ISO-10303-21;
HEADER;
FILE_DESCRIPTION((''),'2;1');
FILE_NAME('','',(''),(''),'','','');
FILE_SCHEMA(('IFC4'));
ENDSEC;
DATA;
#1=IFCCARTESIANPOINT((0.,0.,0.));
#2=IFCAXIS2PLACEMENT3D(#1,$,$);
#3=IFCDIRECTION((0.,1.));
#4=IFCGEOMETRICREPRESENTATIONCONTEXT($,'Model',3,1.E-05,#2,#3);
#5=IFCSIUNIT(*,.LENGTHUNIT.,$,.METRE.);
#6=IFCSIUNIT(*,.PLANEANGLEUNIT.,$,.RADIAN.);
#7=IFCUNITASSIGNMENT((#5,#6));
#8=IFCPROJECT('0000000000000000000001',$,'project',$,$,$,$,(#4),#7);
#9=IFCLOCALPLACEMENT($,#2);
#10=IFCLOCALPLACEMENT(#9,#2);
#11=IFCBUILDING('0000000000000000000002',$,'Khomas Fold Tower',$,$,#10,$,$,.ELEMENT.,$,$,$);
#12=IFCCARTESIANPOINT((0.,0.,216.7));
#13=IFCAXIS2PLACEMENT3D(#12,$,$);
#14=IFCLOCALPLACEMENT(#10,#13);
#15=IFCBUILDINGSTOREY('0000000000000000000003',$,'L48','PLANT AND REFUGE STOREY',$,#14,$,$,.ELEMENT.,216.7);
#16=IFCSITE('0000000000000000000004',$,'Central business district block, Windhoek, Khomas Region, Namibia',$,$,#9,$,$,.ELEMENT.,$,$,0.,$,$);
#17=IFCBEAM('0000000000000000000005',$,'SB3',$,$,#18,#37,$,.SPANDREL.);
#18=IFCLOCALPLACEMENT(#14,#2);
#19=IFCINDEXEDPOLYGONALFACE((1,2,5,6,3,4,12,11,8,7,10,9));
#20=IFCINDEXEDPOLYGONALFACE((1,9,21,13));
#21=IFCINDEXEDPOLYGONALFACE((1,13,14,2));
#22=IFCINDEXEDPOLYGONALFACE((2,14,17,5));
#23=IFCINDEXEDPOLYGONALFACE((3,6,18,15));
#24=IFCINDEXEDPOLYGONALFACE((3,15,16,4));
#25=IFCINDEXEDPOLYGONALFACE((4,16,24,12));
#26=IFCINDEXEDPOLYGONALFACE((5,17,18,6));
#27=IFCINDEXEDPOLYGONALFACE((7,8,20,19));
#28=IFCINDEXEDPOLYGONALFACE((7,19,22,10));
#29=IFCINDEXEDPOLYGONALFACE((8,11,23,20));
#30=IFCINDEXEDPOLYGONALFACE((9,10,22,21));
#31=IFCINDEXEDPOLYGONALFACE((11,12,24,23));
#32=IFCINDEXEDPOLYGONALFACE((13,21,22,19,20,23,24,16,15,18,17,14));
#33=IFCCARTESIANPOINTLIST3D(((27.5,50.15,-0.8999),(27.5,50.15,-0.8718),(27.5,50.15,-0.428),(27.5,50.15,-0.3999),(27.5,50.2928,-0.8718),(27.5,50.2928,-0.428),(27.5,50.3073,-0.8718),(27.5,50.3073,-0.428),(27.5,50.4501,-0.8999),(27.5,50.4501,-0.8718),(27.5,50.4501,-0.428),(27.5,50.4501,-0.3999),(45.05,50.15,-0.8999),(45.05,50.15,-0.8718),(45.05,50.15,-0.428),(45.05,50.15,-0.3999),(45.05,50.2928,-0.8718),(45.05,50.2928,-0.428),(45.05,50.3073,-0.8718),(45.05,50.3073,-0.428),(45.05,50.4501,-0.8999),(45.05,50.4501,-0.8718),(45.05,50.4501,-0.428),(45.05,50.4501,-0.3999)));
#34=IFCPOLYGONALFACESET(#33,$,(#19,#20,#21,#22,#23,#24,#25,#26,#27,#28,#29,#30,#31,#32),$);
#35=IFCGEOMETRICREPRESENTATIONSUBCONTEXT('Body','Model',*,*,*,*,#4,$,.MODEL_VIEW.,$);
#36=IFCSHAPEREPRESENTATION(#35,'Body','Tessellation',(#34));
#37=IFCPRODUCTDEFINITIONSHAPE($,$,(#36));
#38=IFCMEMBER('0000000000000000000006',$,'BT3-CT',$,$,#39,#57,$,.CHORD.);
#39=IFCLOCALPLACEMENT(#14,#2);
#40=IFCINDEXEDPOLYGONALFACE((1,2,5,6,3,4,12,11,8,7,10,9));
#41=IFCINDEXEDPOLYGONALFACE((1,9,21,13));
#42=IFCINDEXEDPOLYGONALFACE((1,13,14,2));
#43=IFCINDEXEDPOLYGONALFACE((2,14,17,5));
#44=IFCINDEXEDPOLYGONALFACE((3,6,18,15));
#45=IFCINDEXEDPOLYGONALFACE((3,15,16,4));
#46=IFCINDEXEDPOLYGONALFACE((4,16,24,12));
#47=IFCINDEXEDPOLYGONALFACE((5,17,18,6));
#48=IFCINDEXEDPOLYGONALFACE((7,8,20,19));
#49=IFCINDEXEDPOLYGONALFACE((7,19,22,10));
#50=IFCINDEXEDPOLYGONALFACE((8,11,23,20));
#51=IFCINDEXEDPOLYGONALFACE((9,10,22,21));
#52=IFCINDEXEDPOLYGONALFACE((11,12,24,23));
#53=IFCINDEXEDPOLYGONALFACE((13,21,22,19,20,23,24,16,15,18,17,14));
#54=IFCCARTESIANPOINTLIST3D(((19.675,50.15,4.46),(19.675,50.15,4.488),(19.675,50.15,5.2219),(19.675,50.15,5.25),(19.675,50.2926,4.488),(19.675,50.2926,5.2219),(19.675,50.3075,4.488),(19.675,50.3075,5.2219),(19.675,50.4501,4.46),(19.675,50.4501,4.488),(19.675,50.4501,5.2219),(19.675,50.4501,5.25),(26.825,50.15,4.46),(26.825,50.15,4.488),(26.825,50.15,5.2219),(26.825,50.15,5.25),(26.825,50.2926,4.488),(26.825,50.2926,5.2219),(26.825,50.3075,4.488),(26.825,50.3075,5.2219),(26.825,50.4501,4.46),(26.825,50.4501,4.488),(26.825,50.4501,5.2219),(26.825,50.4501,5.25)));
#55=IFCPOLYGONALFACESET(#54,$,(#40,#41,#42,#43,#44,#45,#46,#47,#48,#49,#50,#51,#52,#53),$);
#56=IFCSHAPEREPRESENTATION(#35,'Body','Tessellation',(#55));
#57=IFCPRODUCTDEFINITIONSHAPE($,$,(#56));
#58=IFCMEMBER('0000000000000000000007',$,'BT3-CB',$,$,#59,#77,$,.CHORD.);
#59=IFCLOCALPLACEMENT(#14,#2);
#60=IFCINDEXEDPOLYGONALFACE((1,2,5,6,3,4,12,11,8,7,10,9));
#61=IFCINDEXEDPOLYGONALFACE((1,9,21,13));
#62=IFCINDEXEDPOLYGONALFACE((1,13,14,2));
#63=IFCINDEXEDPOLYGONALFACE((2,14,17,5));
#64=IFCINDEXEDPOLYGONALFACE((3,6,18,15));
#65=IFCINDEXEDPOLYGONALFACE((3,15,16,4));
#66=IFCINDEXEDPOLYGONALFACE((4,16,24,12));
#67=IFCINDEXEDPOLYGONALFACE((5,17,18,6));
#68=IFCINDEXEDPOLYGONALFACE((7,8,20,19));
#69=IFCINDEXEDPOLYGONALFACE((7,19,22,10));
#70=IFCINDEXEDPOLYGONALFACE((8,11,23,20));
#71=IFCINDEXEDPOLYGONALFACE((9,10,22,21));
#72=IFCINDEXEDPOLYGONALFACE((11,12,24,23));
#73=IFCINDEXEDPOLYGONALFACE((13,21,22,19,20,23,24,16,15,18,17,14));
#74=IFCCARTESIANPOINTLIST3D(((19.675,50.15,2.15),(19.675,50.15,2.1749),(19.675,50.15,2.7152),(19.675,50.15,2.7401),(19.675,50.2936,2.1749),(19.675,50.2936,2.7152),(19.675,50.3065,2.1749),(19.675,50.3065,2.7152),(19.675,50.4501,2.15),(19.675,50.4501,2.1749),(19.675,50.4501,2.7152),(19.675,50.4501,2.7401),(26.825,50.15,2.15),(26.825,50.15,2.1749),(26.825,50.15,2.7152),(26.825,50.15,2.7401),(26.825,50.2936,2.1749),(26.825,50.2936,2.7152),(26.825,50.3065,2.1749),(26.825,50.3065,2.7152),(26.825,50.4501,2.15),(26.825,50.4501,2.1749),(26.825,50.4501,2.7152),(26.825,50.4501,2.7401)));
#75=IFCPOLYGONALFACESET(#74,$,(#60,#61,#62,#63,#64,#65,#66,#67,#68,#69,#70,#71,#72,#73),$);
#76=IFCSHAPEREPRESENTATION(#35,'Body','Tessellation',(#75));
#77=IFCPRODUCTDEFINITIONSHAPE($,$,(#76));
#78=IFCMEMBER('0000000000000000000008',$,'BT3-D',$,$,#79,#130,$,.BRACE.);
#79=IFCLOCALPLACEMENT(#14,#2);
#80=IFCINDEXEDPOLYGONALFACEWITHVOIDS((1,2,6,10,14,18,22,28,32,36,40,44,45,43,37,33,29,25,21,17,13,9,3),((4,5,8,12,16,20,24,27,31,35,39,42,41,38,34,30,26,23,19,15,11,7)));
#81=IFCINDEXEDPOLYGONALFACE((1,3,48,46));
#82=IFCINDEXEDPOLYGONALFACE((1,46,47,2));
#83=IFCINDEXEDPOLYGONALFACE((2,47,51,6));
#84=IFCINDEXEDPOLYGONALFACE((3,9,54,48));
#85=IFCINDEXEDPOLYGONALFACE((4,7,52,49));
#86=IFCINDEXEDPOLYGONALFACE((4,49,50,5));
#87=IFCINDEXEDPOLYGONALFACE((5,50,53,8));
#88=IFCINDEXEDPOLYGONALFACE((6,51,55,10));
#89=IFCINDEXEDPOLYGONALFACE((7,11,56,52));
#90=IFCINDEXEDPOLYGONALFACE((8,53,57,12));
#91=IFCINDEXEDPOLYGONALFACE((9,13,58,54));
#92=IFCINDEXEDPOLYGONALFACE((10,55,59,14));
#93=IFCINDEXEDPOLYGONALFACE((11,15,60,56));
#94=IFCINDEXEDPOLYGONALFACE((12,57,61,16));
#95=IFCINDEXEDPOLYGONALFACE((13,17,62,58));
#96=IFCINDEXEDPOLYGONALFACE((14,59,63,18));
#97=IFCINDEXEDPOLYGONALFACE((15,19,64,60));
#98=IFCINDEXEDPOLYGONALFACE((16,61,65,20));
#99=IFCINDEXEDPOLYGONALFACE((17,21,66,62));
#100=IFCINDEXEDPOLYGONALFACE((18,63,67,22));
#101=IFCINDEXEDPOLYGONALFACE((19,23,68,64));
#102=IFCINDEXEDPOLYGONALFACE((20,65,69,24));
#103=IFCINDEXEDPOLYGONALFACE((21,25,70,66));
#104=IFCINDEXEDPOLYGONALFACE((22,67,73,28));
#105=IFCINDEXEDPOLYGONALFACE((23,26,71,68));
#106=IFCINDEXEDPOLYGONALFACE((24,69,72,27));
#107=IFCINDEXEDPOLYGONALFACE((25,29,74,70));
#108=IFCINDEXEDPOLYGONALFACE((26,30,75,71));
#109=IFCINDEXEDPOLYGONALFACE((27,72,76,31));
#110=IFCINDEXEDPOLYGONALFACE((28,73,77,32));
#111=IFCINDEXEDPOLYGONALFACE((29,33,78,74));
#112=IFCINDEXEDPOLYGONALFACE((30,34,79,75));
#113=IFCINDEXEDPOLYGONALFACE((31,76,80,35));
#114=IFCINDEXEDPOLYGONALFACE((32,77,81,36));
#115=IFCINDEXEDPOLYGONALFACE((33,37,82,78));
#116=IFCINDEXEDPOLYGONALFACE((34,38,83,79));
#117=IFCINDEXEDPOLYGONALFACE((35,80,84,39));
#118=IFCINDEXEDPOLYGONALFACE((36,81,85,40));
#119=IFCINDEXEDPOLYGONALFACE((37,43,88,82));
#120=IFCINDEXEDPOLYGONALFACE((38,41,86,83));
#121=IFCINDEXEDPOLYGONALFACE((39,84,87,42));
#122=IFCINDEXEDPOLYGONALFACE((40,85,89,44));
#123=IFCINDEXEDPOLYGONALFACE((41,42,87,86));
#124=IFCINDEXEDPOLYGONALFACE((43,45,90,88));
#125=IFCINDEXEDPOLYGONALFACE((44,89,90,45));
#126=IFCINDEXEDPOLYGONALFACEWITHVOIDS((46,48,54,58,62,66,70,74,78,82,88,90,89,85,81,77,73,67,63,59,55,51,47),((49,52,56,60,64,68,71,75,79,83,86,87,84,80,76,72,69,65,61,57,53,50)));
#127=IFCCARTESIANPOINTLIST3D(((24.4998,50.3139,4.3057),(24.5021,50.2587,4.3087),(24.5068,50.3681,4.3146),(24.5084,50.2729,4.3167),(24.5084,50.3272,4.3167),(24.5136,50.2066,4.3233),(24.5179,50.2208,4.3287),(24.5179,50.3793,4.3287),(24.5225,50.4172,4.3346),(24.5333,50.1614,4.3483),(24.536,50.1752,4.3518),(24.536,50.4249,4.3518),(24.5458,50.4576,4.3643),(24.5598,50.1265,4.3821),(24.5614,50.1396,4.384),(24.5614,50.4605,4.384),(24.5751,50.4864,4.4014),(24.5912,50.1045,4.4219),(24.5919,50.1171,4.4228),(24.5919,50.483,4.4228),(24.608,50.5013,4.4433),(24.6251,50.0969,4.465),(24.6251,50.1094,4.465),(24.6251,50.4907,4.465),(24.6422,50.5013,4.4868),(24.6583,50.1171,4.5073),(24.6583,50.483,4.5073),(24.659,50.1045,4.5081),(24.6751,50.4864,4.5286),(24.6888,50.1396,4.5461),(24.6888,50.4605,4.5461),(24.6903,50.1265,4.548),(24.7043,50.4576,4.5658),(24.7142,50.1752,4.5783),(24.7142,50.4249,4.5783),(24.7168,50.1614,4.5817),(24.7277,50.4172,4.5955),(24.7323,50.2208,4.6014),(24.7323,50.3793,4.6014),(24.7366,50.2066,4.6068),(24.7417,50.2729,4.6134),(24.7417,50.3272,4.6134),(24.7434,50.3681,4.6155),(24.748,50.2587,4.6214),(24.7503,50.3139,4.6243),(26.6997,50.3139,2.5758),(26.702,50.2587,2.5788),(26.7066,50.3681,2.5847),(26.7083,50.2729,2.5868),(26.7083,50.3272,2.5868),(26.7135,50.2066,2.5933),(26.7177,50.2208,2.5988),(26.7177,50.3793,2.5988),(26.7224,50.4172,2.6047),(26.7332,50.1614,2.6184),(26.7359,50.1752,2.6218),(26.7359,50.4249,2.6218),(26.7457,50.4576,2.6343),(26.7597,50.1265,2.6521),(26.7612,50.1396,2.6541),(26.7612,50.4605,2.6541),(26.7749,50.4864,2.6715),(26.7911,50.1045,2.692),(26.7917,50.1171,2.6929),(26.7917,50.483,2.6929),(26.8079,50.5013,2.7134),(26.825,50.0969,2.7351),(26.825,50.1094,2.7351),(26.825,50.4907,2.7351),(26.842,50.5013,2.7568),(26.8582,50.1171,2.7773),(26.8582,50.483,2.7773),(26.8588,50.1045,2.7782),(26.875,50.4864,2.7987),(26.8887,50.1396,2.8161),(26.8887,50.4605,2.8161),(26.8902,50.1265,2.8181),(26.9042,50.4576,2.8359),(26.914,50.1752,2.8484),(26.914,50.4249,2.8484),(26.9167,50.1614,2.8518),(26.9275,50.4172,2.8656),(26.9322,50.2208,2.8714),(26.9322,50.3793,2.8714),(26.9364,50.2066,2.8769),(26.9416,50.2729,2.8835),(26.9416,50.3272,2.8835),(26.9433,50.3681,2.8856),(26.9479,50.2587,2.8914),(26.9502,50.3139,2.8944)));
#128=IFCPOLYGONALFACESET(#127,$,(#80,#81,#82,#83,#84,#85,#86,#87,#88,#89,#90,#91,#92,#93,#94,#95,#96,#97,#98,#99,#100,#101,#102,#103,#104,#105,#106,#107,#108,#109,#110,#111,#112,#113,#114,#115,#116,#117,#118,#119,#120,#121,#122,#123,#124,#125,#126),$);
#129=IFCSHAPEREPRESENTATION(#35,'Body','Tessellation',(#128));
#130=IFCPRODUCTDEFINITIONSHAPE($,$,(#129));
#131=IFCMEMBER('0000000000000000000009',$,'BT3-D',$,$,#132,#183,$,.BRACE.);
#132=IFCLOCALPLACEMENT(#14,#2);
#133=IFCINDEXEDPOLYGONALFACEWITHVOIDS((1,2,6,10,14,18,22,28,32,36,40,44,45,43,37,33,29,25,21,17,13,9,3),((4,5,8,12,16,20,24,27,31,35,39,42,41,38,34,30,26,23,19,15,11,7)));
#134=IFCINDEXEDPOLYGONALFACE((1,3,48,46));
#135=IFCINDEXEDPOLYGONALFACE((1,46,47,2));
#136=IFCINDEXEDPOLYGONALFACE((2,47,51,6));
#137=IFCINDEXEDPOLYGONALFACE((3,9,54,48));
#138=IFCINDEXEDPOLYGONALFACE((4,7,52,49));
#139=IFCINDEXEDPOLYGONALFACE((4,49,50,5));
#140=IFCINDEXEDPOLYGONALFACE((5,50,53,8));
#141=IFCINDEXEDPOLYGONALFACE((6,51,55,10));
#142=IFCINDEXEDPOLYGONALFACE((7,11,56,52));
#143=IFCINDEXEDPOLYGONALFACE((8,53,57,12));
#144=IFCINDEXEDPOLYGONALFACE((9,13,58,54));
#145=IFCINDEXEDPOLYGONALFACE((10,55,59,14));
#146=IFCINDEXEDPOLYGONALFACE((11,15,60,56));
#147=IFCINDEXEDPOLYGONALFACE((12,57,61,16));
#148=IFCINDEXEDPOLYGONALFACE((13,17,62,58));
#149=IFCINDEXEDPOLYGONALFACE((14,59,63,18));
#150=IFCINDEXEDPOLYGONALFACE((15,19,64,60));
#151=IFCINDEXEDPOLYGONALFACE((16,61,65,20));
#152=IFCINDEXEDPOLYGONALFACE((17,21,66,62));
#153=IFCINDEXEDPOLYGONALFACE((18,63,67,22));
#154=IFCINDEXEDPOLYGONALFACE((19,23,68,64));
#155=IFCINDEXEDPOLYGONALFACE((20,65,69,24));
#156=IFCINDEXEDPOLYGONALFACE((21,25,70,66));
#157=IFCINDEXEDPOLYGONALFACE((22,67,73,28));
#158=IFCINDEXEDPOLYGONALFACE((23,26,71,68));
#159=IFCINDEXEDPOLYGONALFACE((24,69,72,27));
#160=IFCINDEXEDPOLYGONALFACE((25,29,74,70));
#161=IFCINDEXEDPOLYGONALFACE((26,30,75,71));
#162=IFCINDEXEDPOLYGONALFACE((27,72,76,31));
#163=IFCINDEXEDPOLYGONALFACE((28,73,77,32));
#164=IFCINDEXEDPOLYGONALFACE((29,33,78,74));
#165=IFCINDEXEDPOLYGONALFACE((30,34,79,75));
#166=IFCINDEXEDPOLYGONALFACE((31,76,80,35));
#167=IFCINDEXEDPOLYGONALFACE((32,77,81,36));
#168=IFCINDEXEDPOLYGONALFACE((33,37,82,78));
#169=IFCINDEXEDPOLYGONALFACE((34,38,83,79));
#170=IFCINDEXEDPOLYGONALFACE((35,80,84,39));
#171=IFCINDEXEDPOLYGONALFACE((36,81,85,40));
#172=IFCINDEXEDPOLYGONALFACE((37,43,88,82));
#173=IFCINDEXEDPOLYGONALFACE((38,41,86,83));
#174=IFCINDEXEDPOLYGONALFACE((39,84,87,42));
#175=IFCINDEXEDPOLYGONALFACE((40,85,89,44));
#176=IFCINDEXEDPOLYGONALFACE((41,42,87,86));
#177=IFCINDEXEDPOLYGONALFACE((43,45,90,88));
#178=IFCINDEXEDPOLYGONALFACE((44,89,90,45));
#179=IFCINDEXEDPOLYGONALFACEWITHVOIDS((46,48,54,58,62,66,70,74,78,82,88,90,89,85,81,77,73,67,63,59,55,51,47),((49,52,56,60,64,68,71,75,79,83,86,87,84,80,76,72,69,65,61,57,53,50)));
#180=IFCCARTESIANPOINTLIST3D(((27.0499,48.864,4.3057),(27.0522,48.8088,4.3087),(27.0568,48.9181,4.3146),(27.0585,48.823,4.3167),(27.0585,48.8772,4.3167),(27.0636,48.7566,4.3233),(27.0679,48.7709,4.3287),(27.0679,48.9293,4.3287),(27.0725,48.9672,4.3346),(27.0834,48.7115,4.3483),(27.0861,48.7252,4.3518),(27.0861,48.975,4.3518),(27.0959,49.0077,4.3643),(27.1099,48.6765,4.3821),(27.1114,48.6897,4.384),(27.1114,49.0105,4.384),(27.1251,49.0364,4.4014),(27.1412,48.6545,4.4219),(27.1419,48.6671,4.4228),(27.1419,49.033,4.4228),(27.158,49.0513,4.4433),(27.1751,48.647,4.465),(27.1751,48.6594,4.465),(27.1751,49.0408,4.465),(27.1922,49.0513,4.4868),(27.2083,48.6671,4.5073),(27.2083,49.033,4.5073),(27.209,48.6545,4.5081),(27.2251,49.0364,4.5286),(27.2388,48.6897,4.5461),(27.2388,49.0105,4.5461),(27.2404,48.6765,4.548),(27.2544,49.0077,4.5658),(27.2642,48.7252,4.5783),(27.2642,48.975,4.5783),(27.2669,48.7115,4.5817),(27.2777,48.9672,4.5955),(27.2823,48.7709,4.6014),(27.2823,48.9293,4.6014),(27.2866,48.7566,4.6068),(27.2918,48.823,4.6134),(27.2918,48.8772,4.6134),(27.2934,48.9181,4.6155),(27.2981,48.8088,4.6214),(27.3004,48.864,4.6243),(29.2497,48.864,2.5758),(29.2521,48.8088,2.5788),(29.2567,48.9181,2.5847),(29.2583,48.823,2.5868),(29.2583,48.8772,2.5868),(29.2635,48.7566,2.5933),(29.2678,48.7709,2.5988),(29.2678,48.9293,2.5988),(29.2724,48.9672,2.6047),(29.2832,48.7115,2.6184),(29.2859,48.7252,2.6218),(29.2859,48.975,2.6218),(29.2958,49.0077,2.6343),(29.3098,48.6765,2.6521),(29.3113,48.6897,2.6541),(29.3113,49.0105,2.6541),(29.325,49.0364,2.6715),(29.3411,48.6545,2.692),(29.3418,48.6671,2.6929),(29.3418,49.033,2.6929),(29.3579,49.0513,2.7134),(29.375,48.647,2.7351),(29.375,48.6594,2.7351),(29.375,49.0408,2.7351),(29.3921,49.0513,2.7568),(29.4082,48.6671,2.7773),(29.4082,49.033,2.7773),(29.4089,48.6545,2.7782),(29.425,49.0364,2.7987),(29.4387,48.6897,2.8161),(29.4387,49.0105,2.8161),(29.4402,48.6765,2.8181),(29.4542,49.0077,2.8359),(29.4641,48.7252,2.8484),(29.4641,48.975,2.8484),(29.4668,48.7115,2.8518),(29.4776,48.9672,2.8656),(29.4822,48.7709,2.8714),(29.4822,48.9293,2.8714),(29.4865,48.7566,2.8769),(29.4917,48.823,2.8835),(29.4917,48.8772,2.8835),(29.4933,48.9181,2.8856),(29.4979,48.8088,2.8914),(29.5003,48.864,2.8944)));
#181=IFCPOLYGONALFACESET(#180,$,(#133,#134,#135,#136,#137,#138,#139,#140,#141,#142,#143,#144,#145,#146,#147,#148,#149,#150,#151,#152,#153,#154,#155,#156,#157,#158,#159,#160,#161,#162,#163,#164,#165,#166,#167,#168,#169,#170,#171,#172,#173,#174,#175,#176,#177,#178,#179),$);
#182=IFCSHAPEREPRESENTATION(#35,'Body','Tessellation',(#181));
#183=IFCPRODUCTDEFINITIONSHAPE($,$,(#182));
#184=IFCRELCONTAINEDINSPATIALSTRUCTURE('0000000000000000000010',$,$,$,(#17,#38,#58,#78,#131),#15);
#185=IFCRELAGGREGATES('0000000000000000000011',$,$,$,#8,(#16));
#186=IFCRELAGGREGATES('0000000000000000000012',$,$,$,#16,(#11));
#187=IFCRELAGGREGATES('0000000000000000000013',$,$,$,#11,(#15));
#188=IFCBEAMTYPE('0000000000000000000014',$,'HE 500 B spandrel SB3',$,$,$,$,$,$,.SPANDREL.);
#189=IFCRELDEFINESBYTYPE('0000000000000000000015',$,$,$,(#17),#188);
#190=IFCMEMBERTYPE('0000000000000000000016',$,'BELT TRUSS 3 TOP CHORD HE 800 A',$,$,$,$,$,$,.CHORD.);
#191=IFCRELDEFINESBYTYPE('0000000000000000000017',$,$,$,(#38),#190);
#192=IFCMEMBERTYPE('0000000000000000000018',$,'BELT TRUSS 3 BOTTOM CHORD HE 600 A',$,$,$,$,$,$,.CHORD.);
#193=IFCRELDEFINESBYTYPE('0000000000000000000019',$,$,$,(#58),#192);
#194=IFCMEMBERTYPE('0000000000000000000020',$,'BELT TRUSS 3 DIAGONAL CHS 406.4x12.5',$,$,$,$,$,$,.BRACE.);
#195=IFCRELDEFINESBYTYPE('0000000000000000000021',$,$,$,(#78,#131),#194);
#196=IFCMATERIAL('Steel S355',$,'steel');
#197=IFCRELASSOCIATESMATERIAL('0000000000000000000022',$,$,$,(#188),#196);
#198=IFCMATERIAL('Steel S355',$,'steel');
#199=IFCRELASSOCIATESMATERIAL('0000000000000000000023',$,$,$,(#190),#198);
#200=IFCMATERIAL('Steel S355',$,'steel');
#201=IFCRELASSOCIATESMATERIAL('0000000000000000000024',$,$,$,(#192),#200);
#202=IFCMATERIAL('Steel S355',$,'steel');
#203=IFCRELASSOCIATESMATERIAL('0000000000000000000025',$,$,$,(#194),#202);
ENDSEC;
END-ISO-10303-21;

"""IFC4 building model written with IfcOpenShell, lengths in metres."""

from ifc_helpers import new_model, si_unit, direction, frame, origin, origin_2d, place, context, subcontext, project, spatial, hollow_circle, i_section, extrude, source, transform, mapped, material, material_profile, profile_set, type_object, element, save


model = new_model("IFC4")

# Units and contexts
model_context = context("Model", 3, precision=1e-05, world=origin(), true_north=direction((0.0, 1.0)))
body_context = subcontext(model_context, "Body", "Model", "MODEL_VIEW")
ifc_project = project(units=[si_unit("LENGTHUNIT", "METRE"), si_unit("PLANEANGLEUNIT", "RADIAN")], contexts=[model_context])

# Site, building, storey
site_placement = place(None, origin())
site = spatial("IfcSite", under=ifc_project, at=site_placement, Name="Central business district block, Windhoek, Khomas Region, Namibia", CompositionType="ELEMENT", RefElevation=0.0)
building_placement = place(site_placement, origin())
building = spatial("IfcBuilding", under=site, at=building_placement, Name="Khomas Fold Tower", CompositionType="ELEMENT")
storey_placement = place(building_placement, frame((0.0, 0.0, 216.7)))
storey = spatial("IfcBuildingStorey", under=building, at=storey_placement, Name="L48", Description="PLANT AND REFUGE STOREY", CompositionType="ELEMENT", Elevation=216.7)

# Beam
ifc_material_1 = material(Name="Steel S355", Category="steel")
ifc_material_profile_1 = material_profile(ifc_material_1, i_section(OverallWidth=0.3, OverallDepth=0.5, WebThickness=0.0144, FlangeThickness=0.0281, at=origin_2d()), Name="HE 500 B")
ifc_profile_set_1 = profile_set([ifc_material_profile_1], Name="Steel S355")
beam_type_1 = type_object("IfcBeamType", Name="HE 500 B spandrel SB3", PredefinedType="SPANDREL", material=ifc_profile_set_1)
shared_shape_1 = source(origin(), body_context, "Body", "SweptSolid", [
    extrude(i_section(OverallWidth=0.3, OverallDepth=0.5, WebThickness=0.0144, FlangeThickness=0.0281, at=origin_2d()), origin(), (0.0, 0.0, 1.0), 17.55),
])
beam_1_placement = place(storey_placement, frame((27.5, 50.3, -0.6499), z_axis=(1.0, 0.0, 0.0), x_axis=(0.0, 1.0, 0.0)))
element("IfcBeam", 1, at=beam_1_placement, inside=storey, type_object=beam_type_1, Name="SB3", PredefinedType="SPANDREL", context=body_context, shape_type="MappedRepresentation", body=[
    mapped(shared_shape_1, transform((0.0, 0.0, 0.0))),
])

# Members
ifc_material_2 = material(Name="Steel S355", Category="steel")
ifc_material_profile_2 = material_profile(ifc_material_2, i_section(OverallWidth=0.3, OverallDepth=0.79, WebThickness=0.0149, FlangeThickness=0.0281, at=origin_2d()), Name="HE 800 A")
ifc_profile_set_2 = profile_set([ifc_material_profile_2], Name="Steel S355")
member_type_1 = type_object("IfcMemberType", Name="BELT TRUSS 3 TOP CHORD HE 800 A", PredefinedType="CHORD", material=ifc_profile_set_2)
shared_shape_2 = source(origin(), body_context, "Body", "SweptSolid", [
    extrude(i_section(OverallWidth=0.3, OverallDepth=0.79, WebThickness=0.0149, FlangeThickness=0.0281, at=origin_2d()), origin(), (0.0, 0.0, 1.0), 7.1499),
])
member_1_placement = place(storey_placement, frame((26.825, 50.3, 4.855), z_axis=(-1.0, 0.0, 0.0), x_axis=(0.0, -1.0, 0.0)))
element("IfcMember", 2, at=member_1_placement, inside=storey, type_object=member_type_1, Name="BT3-CT", PredefinedType="CHORD", context=body_context, shape_type="MappedRepresentation", body=[
    mapped(shared_shape_2, transform((0.0, 0.0, 0.0))),
])
ifc_material_3 = material(Name="Steel S355", Category="steel")
ifc_material_profile_3 = material_profile(ifc_material_3, i_section(OverallWidth=0.3, OverallDepth=0.5901, WebThickness=0.0129, FlangeThickness=0.0249, at=origin_2d()), Name="HE 600 A")
ifc_profile_set_3 = profile_set([ifc_material_profile_3], Name="Steel S355")
member_type_2 = type_object("IfcMemberType", Name="BELT TRUSS 3 BOTTOM CHORD HE 600 A", PredefinedType="CHORD", material=ifc_profile_set_3)
shared_shape_3 = source(origin(), body_context, "Body", "SweptSolid", [
    extrude(i_section(OverallWidth=0.3, OverallDepth=0.5901, WebThickness=0.0129, FlangeThickness=0.0249, at=origin_2d()), origin(), (0.0, 0.0, 1.0), 7.1499),
])
member_2_placement = place(storey_placement, frame((26.825, 50.3, 2.4451), z_axis=(-1.0, 0.0, 0.0), x_axis=(0.0, -1.0, 0.0)))
element("IfcMember", 3, at=member_2_placement, inside=storey, type_object=member_type_2, Name="BT3-CB", PredefinedType="CHORD", context=body_context, shape_type="MappedRepresentation", body=[
    mapped(shared_shape_3, transform((0.0, 0.0, 0.0))),
])
ifc_material_4 = material(Name="Steel S355", Category="steel")
ifc_material_profile_4 = material_profile(ifc_material_4, hollow_circle(Radius=0.2031, WallThickness=0.0125, at=origin_2d()), Name="CHS 406.4x12.5")
ifc_profile_set_4 = profile_set([ifc_material_profile_4], Name="Steel S355")
member_type_3 = type_object("IfcMemberType", Name="BELT TRUSS 3 DIAGONAL CHS 406.4x12.5", PredefinedType="BRACE", material=ifc_profile_set_4)
shared_shape_4 = source(origin(), body_context, "Body", "SweptSolid", [
    extrude(hollow_circle(Radius=0.2031, WallThickness=0.0125, at=origin_2d()), origin(), (0.0, 0.0, 1.0), 2.7986),
])
for number, where, z_axis, x_axis, name in (
    (4, (26.825, 50.3, 2.7351), (-0.786067, 0.0, 0.618141), (0.0, -1.0, 0.0), "BT3-D"),
    (5, (29.375, 48.8501, 2.7351), (-0.786067, 0.0, 0.618141), (0.0, -1.0, 0.0), "BT3-D"),
):
    element("IfcMember", number, at=place(storey_placement, frame(where, z_axis=z_axis, x_axis=x_axis)), inside=storey, type_object=member_type_3, Name=name, PredefinedType="BRACE", context=body_context, shape_type="MappedRepresentation", body=[
        mapped(shared_shape_4, transform((0.0, 0.0, 0.0))),
    ])

save(model, "model.ifc")
